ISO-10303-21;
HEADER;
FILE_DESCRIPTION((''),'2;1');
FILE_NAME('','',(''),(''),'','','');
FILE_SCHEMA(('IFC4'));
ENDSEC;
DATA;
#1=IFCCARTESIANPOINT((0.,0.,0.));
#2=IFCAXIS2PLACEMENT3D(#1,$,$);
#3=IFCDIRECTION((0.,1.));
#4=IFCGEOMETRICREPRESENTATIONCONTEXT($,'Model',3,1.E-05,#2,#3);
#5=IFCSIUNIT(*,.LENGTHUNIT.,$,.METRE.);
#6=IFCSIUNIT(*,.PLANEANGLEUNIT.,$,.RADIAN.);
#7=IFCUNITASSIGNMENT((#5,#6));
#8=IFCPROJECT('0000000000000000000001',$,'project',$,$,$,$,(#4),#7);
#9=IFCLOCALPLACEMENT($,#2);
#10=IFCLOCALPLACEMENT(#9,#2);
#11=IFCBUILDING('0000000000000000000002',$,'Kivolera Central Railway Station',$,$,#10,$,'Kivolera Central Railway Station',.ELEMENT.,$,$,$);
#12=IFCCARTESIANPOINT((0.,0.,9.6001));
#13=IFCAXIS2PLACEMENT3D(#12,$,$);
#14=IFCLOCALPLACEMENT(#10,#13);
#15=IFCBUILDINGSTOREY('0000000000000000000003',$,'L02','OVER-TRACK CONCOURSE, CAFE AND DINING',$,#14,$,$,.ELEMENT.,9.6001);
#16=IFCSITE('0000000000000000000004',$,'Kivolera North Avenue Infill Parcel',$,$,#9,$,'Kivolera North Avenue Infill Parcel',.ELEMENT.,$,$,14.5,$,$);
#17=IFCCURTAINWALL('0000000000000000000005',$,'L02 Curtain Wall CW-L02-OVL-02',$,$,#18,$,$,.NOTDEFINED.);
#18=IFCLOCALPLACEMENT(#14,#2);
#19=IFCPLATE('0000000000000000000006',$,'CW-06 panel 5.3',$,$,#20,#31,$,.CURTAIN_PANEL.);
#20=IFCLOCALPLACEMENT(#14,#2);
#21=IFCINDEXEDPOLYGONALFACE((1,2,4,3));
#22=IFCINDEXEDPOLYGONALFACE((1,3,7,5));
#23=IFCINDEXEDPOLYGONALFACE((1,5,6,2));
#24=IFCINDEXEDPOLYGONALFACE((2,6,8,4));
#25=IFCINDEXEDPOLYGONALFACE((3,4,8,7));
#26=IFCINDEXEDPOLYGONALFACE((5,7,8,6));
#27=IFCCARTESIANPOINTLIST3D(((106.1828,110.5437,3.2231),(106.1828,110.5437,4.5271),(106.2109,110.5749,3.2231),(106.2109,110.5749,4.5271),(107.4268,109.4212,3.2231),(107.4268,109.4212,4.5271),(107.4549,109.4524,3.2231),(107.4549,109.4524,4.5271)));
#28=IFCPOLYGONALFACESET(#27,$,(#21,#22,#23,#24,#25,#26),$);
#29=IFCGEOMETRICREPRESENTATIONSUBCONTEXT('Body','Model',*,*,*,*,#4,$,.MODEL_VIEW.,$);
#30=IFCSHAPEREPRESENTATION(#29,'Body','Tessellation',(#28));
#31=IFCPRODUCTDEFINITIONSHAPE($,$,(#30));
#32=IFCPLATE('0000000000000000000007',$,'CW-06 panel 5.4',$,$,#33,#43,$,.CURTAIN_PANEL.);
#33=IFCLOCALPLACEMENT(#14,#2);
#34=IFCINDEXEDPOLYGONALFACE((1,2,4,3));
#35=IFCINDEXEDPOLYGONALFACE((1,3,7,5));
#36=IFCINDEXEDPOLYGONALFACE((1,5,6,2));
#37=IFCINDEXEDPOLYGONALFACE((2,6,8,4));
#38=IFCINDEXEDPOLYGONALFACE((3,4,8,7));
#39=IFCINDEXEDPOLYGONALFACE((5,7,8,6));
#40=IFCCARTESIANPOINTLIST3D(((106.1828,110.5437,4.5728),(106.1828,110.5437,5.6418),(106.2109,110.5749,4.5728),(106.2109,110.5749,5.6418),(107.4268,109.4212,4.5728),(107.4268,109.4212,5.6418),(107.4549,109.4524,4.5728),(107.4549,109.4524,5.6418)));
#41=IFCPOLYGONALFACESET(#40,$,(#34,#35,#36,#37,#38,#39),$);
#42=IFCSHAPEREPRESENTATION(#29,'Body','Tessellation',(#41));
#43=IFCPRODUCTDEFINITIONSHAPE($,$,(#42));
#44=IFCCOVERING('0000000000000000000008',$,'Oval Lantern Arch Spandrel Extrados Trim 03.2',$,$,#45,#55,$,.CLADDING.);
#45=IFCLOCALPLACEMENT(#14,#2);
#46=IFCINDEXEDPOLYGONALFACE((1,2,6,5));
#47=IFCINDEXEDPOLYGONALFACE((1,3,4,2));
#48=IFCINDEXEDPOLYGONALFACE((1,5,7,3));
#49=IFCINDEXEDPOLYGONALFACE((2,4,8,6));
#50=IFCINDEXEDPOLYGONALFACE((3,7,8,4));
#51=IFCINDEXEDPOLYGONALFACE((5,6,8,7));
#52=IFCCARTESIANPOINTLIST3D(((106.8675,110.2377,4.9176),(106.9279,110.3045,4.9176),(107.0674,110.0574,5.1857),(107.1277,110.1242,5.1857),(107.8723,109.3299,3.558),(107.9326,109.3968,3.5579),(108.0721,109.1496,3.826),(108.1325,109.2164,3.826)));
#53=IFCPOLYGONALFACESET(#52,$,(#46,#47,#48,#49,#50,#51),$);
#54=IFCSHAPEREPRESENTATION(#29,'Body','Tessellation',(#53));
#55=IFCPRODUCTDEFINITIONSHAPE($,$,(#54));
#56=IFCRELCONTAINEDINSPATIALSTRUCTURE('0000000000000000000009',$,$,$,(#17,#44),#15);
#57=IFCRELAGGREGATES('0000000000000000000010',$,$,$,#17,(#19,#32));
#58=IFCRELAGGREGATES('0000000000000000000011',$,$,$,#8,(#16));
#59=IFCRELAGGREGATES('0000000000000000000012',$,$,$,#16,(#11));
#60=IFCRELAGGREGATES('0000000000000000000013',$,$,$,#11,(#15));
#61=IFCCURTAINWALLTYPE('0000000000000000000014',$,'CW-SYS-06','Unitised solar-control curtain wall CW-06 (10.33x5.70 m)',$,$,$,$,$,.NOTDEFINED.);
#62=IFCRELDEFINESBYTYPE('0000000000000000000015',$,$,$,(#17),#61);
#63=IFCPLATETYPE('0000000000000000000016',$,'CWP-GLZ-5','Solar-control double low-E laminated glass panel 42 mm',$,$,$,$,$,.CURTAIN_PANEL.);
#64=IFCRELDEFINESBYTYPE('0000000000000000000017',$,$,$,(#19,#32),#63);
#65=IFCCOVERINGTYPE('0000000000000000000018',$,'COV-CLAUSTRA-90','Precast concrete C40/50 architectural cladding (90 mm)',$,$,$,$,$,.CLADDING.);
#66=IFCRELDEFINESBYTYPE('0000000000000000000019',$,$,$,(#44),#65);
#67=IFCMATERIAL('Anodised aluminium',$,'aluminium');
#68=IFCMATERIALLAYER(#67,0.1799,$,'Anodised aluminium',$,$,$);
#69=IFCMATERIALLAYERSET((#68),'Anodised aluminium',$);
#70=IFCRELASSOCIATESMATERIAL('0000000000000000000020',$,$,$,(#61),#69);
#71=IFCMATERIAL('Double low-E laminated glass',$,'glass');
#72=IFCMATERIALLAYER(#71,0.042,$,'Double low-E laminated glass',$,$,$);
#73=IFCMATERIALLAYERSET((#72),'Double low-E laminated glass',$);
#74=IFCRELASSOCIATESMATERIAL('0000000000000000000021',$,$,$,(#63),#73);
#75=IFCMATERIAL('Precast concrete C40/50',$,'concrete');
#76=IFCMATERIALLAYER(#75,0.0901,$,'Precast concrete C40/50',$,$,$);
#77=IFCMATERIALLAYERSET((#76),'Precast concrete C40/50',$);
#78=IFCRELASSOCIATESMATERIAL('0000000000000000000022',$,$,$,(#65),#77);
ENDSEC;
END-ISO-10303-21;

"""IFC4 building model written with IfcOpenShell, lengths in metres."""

from ifc_helpers import new_model, si_unit, direction, frame, origin, origin_2d, place, context, subcontext, project, spatial, rectangle, extrude, material, layer, layer_set, type_object, element, aggregate, save


model = new_model("IFC4")

# Units and contexts
model_context = context("Model", 3, precision=1e-05, world=origin(), true_north=direction((0.0, 1.0)))
body_context = subcontext(model_context, "Body", "Model", "MODEL_VIEW")
ifc_project = project(units=[si_unit("LENGTHUNIT", "METRE"), si_unit("PLANEANGLEUNIT", "RADIAN")], contexts=[model_context])

# Site, building, storey
site_placement = place(None, origin())
site = spatial("IfcSite", under=ifc_project, at=site_placement, Name="Kivolera North Avenue Infill Parcel", LongName="Kivolera North Avenue Infill Parcel", CompositionType="ELEMENT", RefElevation=14.5)
building_placement = place(site_placement, origin())
building = spatial("IfcBuilding", under=site, at=building_placement, Name="Kivolera Central Railway Station", LongName="Kivolera Central Railway Station", CompositionType="ELEMENT")
storey_placement = place(building_placement, frame((0.0, 0.0, 9.6001)))
storey = spatial("IfcBuildingStorey", under=building, at=storey_placement, Name="L02", Description="OVER-TRACK CONCOURSE, CAFE AND DINING", CompositionType="ELEMENT", Elevation=9.6001)

# Curtain wall, plates
ifc_material_1 = material(Name="Anodised aluminium", Category="aluminium")
ifc_layer_1 = layer(ifc_material_1, 0.1799, Name="Anodised aluminium")
ifc_layer_set_1 = layer_set([ifc_layer_1], Name="Anodised aluminium")
curtain_wall_type = type_object("IfcCurtainWallType", Name="CW-SYS-06", Description="Unitised solar-control curtain wall CW-06 (10.33x5.70 m)", PredefinedType="NOTDEFINED", material=ifc_layer_set_1)
curtain_wall_placement = place(storey_placement, origin())
curtain_wall = element("IfcCurtainWall", 1, at=curtain_wall_placement, inside=storey, type_object=curtain_wall_type, Name="L02 Curtain Wall CW-L02-OVL-02", PredefinedType="NOTDEFINED")
ifc_material_2 = material(Name="Double low-E laminated glass", Category="glass")
ifc_layer_2 = layer(ifc_material_2, 0.042, Name="Double low-E laminated glass")
ifc_layer_set_2 = layer_set([ifc_layer_2], Name="Double low-E laminated glass")
plate_type = type_object("IfcPlateType", Name="CWP-GLZ-5", Description="Solar-control double low-E laminated glass panel 42 mm", PredefinedType="CURTAIN_PANEL", material=ifc_layer_set_2)
plate_1_placement = place(storey_placement, frame((106.8188, 109.998, 3.2231), z_axis=(0.0, 0.0, 1.0), x_axis=(0.742432, -0.669922, 0.0)))
plate_1 = element("IfcPlate", 2, at=plate_1_placement, type_object=plate_type, Name="CW-06 panel 5.3", PredefinedType="CURTAIN_PANEL", context=body_context, shape_type="SweptSolid", body=[
    extrude(rectangle(XDim=1.6755, YDim=0.042, at=origin_2d()), origin(), (0.0, 0.0, 1.0), 1.304),
])
plate_2_placement = place(storey_placement, frame((106.8188, 109.998, 4.5728), z_axis=(0.0, 0.0, 1.0), x_axis=(0.742432, -0.669922, 0.0)))
plate_2 = element("IfcPlate", 3, at=plate_2_placement, type_object=plate_type, Name="CW-06 panel 5.4", PredefinedType="CURTAIN_PANEL", context=body_context, shape_type="SweptSolid", body=[
    extrude(rectangle(XDim=1.6755, YDim=0.042, at=origin_2d()), origin(), (0.0, 0.0, 1.0), 1.0691),
])
aggregate(curtain_wall, [plate_1, plate_2])

# Covering
ifc_material_3 = material(Name="Precast concrete C40/50", Category="concrete")
ifc_layer_3 = layer(ifc_material_3, 0.0901, Name="Precast concrete C40/50")
ifc_layer_set_3 = layer_set([ifc_layer_3], Name="Precast concrete C40/50")
covering_type = type_object("IfcCoveringType", Name="COV-CLAUSTRA-90", Description="Precast concrete C40/50 architectural cladding (90 mm)", PredefinedType="CLADDING", material=ifc_layer_set_3)
covering_placement = place(storey_placement, frame((107.5, 109.7271, 4.3718), z_axis=(-0.523602, 0.473065, 0.708555), x_axis=(0.669922, 0.742431, 0.0)))
element("IfcCovering", 4, at=covering_placement, inside=storey, type_object=covering_type, Name="Oval Lantern Arch Spandrel Extrados Trim 03.2", PredefinedType="CLADDING", context=body_context, shape_type="SweptSolid", body=[
    extrude(rectangle(XDim=0.0901, YDim=0.3799, at=origin_2d()), frame((0.0, 0.0, -0.9595)), (0.0, 0.0, 1.0), 1.9189),
])

save(model, "model.ifc")
